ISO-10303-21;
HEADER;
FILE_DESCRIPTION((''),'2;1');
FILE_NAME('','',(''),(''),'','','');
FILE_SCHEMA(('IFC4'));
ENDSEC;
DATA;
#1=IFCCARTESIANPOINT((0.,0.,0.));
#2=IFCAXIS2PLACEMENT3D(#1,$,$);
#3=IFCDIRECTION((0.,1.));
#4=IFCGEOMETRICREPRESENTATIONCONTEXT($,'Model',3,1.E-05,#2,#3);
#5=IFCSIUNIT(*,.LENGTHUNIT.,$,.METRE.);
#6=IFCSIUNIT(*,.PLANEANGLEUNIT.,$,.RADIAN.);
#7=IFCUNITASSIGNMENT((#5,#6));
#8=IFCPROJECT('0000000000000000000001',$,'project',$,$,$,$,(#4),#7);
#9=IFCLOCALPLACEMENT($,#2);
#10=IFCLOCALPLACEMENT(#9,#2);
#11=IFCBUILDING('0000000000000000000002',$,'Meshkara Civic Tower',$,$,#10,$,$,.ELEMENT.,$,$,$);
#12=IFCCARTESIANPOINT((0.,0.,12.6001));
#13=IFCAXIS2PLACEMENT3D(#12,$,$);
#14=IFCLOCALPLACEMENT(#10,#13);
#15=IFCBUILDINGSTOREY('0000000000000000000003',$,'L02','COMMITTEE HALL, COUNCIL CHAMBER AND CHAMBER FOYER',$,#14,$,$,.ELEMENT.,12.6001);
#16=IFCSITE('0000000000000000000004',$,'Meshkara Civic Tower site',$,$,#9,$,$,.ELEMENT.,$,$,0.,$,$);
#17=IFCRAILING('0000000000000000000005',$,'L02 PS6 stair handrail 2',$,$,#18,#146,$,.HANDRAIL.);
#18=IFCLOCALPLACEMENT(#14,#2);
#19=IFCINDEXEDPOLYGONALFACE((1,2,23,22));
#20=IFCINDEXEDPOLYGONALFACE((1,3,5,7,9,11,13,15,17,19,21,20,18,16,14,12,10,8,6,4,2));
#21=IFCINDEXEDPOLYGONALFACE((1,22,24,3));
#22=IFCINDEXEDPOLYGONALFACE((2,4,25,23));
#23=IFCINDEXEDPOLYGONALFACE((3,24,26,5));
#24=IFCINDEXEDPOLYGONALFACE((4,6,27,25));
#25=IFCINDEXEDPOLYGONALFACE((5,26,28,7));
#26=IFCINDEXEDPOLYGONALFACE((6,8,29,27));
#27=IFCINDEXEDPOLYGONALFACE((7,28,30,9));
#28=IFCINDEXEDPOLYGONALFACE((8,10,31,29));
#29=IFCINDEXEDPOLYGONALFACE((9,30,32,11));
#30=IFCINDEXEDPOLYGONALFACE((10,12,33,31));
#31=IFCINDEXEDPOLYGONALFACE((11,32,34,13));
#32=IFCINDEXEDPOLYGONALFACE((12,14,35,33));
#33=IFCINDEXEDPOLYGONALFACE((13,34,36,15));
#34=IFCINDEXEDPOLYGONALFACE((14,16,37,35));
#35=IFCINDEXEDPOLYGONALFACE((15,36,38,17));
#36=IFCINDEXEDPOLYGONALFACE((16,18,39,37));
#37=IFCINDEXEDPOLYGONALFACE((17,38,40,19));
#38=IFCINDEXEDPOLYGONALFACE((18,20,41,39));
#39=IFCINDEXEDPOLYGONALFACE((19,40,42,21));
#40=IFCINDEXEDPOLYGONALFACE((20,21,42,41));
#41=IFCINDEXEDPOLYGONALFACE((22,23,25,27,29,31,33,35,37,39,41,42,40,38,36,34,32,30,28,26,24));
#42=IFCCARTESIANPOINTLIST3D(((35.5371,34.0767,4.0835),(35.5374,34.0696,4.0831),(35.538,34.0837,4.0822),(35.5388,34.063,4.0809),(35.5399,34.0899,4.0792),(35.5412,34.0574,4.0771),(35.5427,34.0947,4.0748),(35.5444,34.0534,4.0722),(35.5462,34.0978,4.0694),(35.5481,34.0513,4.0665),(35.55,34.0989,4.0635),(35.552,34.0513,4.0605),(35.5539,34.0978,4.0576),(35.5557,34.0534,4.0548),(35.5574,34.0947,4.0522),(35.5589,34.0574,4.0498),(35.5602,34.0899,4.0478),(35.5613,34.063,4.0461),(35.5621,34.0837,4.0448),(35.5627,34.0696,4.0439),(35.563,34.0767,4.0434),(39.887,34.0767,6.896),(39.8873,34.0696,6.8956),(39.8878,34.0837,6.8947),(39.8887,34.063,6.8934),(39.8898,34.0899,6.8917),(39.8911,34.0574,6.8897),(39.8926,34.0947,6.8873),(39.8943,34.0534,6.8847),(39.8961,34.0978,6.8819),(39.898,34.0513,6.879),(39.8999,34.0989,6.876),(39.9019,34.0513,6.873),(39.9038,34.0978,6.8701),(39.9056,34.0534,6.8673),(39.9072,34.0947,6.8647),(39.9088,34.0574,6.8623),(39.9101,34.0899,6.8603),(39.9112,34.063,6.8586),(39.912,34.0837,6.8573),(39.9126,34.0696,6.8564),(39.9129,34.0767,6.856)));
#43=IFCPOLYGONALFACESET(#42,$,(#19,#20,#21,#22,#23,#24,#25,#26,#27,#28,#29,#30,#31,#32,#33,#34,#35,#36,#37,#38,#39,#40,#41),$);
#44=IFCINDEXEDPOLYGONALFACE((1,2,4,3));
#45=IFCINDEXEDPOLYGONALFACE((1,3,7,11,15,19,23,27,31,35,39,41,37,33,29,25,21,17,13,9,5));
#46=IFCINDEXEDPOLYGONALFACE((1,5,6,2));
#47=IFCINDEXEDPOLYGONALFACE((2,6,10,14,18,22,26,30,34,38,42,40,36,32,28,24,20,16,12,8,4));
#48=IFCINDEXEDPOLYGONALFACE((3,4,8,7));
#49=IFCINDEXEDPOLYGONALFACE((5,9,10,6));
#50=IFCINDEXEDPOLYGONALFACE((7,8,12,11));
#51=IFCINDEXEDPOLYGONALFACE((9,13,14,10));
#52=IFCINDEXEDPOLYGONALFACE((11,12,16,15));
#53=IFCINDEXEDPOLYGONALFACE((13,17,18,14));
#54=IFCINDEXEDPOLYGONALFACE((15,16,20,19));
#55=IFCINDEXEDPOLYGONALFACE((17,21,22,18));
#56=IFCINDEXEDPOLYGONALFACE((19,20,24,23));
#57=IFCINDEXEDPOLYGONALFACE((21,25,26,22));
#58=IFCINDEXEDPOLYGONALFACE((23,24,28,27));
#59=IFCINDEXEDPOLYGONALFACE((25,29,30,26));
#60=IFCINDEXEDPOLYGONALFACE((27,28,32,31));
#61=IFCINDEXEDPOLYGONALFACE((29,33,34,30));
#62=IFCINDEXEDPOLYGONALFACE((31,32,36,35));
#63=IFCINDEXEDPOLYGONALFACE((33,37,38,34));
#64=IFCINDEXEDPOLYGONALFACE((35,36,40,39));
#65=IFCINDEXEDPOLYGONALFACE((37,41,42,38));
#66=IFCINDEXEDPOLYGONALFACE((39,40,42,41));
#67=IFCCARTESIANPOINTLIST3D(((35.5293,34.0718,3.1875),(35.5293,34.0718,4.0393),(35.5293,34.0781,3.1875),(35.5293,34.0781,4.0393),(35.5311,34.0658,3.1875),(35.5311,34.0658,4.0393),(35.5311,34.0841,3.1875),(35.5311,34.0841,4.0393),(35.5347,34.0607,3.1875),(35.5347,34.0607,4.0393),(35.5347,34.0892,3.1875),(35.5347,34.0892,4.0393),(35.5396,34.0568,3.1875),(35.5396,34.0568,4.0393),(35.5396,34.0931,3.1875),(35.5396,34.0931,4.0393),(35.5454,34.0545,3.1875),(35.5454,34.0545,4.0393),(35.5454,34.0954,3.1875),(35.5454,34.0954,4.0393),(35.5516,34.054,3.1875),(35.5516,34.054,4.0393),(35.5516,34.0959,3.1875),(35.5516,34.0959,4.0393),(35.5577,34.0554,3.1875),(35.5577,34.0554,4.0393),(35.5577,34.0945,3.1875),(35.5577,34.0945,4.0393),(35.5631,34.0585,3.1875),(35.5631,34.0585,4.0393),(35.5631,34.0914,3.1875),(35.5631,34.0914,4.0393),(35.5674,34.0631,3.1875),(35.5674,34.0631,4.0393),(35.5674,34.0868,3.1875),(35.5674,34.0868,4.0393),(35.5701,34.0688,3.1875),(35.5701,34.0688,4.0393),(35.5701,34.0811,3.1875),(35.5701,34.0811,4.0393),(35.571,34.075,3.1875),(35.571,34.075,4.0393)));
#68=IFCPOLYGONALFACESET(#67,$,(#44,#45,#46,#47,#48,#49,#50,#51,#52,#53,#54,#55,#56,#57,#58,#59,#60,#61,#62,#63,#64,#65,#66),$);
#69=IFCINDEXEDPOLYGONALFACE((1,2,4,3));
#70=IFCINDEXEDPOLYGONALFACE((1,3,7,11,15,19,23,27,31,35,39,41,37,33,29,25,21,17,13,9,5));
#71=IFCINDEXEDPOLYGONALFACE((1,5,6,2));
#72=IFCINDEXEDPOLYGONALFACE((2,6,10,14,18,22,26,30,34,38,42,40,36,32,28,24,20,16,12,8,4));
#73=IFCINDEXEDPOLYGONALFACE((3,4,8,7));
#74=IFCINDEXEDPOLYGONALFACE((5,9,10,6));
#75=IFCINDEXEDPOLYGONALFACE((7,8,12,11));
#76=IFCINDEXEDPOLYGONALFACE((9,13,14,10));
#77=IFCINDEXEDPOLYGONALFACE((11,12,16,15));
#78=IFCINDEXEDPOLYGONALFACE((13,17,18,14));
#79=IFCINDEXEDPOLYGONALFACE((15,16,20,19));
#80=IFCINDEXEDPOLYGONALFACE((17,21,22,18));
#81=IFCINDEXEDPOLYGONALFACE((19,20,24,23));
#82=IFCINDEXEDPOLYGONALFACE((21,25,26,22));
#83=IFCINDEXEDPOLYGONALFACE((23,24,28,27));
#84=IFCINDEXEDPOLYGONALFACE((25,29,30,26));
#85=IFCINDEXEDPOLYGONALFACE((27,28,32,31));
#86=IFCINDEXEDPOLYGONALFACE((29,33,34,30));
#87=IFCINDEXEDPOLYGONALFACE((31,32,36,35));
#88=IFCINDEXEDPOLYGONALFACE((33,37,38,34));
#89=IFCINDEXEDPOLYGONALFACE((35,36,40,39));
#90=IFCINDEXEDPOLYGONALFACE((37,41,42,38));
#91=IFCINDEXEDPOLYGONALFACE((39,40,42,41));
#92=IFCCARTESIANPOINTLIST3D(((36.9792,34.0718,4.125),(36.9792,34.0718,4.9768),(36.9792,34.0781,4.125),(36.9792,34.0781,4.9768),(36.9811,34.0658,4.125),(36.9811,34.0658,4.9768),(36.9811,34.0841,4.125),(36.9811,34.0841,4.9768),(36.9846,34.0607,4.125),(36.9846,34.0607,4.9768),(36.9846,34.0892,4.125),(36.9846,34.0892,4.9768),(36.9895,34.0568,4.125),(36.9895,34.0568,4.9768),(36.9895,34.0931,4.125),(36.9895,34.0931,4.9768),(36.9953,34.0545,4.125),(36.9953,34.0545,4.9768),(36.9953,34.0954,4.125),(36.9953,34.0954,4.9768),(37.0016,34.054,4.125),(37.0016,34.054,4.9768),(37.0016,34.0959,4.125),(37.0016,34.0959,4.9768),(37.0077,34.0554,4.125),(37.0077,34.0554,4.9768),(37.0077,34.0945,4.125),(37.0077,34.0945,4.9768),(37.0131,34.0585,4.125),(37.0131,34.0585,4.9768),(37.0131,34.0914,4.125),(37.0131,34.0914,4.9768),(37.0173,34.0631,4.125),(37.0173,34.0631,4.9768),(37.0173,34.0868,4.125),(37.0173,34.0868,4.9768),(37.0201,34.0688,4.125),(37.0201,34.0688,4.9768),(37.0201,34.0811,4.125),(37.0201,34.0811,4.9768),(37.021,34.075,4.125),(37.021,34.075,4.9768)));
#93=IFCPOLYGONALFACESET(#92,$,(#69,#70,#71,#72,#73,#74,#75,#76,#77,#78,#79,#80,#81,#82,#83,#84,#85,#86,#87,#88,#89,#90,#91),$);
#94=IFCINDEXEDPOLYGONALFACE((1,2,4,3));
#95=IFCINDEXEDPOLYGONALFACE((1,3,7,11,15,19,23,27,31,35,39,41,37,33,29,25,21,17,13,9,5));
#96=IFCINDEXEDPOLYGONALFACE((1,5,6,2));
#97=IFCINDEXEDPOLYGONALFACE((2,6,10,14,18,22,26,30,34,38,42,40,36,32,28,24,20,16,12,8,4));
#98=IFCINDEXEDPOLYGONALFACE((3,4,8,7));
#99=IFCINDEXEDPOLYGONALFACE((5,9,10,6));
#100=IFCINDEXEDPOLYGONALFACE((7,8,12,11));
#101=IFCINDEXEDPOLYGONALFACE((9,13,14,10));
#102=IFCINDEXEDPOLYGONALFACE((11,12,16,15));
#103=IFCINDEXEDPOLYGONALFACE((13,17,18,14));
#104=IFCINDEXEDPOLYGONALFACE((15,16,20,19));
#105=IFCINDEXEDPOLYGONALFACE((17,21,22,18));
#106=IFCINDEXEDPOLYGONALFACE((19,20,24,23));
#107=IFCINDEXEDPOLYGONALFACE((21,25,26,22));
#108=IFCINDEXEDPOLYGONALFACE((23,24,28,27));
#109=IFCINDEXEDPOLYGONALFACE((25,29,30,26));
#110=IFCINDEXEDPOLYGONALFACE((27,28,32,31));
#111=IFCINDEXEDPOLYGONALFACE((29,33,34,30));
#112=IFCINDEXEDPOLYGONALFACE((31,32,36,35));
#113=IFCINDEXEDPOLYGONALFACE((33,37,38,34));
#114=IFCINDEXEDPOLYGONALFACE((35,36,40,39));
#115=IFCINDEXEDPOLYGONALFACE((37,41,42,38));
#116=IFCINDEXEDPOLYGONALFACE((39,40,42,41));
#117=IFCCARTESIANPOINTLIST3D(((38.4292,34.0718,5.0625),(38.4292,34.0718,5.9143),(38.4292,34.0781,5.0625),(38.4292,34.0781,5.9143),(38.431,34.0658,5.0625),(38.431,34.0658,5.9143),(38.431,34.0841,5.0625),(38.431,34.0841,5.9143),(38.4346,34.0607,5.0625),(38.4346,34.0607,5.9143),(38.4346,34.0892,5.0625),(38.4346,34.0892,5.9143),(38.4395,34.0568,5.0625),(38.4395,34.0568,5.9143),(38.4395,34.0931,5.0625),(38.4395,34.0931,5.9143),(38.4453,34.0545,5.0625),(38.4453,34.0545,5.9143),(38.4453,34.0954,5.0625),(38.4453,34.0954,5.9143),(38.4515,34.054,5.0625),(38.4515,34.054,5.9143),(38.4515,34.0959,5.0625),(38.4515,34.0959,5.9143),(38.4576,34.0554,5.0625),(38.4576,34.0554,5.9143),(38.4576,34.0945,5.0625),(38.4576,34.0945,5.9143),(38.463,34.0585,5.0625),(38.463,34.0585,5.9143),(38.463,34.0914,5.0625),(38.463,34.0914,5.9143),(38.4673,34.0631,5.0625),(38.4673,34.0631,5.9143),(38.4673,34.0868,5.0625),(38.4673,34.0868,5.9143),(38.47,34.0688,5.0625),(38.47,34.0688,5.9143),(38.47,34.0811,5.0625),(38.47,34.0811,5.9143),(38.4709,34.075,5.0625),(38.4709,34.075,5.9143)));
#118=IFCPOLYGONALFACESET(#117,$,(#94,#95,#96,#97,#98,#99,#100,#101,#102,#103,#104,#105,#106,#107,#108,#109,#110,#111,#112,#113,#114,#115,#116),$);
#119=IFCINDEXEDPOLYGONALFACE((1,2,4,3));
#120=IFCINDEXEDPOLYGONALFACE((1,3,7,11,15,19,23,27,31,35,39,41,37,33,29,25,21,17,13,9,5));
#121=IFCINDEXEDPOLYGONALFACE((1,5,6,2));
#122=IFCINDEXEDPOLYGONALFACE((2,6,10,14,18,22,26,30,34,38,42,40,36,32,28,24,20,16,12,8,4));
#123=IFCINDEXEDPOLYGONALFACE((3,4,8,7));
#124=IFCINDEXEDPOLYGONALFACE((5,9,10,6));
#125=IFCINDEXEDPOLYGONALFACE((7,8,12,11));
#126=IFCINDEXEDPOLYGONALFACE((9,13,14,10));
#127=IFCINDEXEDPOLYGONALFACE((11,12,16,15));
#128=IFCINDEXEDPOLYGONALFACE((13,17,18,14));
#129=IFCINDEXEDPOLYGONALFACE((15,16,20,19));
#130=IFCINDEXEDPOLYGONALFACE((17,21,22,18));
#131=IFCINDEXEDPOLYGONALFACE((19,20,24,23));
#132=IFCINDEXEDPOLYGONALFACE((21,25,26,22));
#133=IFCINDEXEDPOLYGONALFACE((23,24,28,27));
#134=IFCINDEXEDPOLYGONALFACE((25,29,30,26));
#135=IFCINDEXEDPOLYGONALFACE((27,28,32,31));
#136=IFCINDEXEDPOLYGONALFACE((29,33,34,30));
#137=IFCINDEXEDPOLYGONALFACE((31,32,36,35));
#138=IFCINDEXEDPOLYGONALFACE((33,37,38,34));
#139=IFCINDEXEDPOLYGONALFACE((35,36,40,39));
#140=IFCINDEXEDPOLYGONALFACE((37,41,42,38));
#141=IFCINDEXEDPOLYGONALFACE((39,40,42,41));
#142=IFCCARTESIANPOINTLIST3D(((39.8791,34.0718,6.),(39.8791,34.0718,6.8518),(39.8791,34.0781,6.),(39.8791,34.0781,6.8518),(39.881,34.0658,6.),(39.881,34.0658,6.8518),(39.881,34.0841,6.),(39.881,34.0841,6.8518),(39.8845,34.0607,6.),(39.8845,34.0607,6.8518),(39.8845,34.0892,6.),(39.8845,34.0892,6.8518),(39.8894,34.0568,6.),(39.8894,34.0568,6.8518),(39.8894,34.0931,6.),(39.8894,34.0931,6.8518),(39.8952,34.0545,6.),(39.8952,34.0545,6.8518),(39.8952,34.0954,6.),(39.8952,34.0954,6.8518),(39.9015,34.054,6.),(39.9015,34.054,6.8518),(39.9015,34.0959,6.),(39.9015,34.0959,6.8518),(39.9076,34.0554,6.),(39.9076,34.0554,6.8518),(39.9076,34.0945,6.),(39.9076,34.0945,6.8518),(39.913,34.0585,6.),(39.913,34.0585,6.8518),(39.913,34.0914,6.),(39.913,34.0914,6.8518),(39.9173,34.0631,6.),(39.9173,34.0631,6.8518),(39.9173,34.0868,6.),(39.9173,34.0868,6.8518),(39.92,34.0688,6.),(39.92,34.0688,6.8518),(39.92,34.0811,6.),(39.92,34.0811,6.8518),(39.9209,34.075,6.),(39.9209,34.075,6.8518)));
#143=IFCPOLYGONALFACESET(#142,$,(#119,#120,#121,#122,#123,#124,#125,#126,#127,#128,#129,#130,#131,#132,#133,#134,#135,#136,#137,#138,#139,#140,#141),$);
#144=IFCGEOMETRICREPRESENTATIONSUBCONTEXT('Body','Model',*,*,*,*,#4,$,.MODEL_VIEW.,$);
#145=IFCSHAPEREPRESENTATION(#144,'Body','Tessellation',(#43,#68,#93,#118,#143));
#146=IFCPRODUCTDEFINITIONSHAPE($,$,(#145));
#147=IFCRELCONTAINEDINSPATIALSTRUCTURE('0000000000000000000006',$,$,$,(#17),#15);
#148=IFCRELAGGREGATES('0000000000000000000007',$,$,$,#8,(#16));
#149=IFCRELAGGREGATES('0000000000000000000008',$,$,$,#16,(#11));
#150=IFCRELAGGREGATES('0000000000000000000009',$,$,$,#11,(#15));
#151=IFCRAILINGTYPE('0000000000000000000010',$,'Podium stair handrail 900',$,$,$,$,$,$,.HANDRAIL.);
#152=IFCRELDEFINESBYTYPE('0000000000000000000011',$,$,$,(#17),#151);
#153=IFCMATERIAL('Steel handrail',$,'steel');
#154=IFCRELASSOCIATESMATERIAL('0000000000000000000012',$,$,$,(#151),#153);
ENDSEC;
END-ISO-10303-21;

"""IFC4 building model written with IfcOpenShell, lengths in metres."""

from ifc_helpers import new_model, si_unit, direction, frame, origin, origin_2d, place, context, subcontext, project, spatial, circle, extrude, material, type_object, element, save


model = new_model("IFC4")

# Units and contexts
model_context = context("Model", 3, precision=1e-05, world=origin(), true_north=direction((0.0, 1.0)))
body_context = subcontext(model_context, "Body", "Model", "MODEL_VIEW")
ifc_project = project(units=[si_unit("LENGTHUNIT", "METRE"), si_unit("PLANEANGLEUNIT", "RADIAN")], contexts=[model_context])

# Site, building, storey
site_placement = place(None, origin())
site = spatial("IfcSite", under=ifc_project, at=site_placement, Name="Meshkara Civic Tower site", CompositionType="ELEMENT", RefElevation=0.0)
building_placement = place(site_placement, origin())
building = spatial("IfcBuilding", under=site, at=building_placement, Name="Meshkara Civic Tower", CompositionType="ELEMENT")
storey_placement = place(building_placement, frame((0.0, 0.0, 12.6001)))
storey = spatial("IfcBuildingStorey", under=building, at=storey_placement, Name="L02", Description="COMMITTEE HALL, COUNCIL CHAMBER AND CHAMBER FOYER", CompositionType="ELEMENT", Elevation=12.6001)

# Railing
ifc_material_1 = material(Name="Steel handrail", Category="steel")
railing_type_1 = type_object("IfcRailingType", Name="Podium stair handrail 900", PredefinedType="HANDRAIL", material=ifc_material_1)
railing_1_placement = place(storey_placement, frame((35.55, 34.075, 3.1875)))
element("IfcRailing", 1, at=railing_1_placement, inside=storey, type_object=railing_type_1, Name="L02 PS6 stair handrail 2", PredefinedType="HANDRAIL", context=body_context, shape_type="SweptSolid", body=[
    extrude(circle(Radius=0.0239, at=origin_2d()), frame((0.0, 0.0, 0.876), z_axis=(0.839756, 0.0, 0.542964), x_axis=(0.0, 1.0, 0.0)), (0.0, 0.0, 1.0), 5.1799),
    extrude(circle(Radius=0.021, at=origin_2d()), origin(), (0.0, 0.0, 1.0), 0.8518),
    extrude(circle(Radius=0.021, at=origin_2d()), frame((1.45, 0.0, 0.9375)), (0.0, 0.0, 1.0), 0.8518),
    extrude(circle(Radius=0.021, at=origin_2d()), frame((2.8999, 0.0, 1.875)), (0.0, 0.0, 1.0), 0.8518),
    extrude(circle(Radius=0.021, at=origin_2d()), frame((4.3499, 0.0, 2.8125)), (0.0, 0.0, 1.0), 0.8518),
])

save(model, "model.ifc")
